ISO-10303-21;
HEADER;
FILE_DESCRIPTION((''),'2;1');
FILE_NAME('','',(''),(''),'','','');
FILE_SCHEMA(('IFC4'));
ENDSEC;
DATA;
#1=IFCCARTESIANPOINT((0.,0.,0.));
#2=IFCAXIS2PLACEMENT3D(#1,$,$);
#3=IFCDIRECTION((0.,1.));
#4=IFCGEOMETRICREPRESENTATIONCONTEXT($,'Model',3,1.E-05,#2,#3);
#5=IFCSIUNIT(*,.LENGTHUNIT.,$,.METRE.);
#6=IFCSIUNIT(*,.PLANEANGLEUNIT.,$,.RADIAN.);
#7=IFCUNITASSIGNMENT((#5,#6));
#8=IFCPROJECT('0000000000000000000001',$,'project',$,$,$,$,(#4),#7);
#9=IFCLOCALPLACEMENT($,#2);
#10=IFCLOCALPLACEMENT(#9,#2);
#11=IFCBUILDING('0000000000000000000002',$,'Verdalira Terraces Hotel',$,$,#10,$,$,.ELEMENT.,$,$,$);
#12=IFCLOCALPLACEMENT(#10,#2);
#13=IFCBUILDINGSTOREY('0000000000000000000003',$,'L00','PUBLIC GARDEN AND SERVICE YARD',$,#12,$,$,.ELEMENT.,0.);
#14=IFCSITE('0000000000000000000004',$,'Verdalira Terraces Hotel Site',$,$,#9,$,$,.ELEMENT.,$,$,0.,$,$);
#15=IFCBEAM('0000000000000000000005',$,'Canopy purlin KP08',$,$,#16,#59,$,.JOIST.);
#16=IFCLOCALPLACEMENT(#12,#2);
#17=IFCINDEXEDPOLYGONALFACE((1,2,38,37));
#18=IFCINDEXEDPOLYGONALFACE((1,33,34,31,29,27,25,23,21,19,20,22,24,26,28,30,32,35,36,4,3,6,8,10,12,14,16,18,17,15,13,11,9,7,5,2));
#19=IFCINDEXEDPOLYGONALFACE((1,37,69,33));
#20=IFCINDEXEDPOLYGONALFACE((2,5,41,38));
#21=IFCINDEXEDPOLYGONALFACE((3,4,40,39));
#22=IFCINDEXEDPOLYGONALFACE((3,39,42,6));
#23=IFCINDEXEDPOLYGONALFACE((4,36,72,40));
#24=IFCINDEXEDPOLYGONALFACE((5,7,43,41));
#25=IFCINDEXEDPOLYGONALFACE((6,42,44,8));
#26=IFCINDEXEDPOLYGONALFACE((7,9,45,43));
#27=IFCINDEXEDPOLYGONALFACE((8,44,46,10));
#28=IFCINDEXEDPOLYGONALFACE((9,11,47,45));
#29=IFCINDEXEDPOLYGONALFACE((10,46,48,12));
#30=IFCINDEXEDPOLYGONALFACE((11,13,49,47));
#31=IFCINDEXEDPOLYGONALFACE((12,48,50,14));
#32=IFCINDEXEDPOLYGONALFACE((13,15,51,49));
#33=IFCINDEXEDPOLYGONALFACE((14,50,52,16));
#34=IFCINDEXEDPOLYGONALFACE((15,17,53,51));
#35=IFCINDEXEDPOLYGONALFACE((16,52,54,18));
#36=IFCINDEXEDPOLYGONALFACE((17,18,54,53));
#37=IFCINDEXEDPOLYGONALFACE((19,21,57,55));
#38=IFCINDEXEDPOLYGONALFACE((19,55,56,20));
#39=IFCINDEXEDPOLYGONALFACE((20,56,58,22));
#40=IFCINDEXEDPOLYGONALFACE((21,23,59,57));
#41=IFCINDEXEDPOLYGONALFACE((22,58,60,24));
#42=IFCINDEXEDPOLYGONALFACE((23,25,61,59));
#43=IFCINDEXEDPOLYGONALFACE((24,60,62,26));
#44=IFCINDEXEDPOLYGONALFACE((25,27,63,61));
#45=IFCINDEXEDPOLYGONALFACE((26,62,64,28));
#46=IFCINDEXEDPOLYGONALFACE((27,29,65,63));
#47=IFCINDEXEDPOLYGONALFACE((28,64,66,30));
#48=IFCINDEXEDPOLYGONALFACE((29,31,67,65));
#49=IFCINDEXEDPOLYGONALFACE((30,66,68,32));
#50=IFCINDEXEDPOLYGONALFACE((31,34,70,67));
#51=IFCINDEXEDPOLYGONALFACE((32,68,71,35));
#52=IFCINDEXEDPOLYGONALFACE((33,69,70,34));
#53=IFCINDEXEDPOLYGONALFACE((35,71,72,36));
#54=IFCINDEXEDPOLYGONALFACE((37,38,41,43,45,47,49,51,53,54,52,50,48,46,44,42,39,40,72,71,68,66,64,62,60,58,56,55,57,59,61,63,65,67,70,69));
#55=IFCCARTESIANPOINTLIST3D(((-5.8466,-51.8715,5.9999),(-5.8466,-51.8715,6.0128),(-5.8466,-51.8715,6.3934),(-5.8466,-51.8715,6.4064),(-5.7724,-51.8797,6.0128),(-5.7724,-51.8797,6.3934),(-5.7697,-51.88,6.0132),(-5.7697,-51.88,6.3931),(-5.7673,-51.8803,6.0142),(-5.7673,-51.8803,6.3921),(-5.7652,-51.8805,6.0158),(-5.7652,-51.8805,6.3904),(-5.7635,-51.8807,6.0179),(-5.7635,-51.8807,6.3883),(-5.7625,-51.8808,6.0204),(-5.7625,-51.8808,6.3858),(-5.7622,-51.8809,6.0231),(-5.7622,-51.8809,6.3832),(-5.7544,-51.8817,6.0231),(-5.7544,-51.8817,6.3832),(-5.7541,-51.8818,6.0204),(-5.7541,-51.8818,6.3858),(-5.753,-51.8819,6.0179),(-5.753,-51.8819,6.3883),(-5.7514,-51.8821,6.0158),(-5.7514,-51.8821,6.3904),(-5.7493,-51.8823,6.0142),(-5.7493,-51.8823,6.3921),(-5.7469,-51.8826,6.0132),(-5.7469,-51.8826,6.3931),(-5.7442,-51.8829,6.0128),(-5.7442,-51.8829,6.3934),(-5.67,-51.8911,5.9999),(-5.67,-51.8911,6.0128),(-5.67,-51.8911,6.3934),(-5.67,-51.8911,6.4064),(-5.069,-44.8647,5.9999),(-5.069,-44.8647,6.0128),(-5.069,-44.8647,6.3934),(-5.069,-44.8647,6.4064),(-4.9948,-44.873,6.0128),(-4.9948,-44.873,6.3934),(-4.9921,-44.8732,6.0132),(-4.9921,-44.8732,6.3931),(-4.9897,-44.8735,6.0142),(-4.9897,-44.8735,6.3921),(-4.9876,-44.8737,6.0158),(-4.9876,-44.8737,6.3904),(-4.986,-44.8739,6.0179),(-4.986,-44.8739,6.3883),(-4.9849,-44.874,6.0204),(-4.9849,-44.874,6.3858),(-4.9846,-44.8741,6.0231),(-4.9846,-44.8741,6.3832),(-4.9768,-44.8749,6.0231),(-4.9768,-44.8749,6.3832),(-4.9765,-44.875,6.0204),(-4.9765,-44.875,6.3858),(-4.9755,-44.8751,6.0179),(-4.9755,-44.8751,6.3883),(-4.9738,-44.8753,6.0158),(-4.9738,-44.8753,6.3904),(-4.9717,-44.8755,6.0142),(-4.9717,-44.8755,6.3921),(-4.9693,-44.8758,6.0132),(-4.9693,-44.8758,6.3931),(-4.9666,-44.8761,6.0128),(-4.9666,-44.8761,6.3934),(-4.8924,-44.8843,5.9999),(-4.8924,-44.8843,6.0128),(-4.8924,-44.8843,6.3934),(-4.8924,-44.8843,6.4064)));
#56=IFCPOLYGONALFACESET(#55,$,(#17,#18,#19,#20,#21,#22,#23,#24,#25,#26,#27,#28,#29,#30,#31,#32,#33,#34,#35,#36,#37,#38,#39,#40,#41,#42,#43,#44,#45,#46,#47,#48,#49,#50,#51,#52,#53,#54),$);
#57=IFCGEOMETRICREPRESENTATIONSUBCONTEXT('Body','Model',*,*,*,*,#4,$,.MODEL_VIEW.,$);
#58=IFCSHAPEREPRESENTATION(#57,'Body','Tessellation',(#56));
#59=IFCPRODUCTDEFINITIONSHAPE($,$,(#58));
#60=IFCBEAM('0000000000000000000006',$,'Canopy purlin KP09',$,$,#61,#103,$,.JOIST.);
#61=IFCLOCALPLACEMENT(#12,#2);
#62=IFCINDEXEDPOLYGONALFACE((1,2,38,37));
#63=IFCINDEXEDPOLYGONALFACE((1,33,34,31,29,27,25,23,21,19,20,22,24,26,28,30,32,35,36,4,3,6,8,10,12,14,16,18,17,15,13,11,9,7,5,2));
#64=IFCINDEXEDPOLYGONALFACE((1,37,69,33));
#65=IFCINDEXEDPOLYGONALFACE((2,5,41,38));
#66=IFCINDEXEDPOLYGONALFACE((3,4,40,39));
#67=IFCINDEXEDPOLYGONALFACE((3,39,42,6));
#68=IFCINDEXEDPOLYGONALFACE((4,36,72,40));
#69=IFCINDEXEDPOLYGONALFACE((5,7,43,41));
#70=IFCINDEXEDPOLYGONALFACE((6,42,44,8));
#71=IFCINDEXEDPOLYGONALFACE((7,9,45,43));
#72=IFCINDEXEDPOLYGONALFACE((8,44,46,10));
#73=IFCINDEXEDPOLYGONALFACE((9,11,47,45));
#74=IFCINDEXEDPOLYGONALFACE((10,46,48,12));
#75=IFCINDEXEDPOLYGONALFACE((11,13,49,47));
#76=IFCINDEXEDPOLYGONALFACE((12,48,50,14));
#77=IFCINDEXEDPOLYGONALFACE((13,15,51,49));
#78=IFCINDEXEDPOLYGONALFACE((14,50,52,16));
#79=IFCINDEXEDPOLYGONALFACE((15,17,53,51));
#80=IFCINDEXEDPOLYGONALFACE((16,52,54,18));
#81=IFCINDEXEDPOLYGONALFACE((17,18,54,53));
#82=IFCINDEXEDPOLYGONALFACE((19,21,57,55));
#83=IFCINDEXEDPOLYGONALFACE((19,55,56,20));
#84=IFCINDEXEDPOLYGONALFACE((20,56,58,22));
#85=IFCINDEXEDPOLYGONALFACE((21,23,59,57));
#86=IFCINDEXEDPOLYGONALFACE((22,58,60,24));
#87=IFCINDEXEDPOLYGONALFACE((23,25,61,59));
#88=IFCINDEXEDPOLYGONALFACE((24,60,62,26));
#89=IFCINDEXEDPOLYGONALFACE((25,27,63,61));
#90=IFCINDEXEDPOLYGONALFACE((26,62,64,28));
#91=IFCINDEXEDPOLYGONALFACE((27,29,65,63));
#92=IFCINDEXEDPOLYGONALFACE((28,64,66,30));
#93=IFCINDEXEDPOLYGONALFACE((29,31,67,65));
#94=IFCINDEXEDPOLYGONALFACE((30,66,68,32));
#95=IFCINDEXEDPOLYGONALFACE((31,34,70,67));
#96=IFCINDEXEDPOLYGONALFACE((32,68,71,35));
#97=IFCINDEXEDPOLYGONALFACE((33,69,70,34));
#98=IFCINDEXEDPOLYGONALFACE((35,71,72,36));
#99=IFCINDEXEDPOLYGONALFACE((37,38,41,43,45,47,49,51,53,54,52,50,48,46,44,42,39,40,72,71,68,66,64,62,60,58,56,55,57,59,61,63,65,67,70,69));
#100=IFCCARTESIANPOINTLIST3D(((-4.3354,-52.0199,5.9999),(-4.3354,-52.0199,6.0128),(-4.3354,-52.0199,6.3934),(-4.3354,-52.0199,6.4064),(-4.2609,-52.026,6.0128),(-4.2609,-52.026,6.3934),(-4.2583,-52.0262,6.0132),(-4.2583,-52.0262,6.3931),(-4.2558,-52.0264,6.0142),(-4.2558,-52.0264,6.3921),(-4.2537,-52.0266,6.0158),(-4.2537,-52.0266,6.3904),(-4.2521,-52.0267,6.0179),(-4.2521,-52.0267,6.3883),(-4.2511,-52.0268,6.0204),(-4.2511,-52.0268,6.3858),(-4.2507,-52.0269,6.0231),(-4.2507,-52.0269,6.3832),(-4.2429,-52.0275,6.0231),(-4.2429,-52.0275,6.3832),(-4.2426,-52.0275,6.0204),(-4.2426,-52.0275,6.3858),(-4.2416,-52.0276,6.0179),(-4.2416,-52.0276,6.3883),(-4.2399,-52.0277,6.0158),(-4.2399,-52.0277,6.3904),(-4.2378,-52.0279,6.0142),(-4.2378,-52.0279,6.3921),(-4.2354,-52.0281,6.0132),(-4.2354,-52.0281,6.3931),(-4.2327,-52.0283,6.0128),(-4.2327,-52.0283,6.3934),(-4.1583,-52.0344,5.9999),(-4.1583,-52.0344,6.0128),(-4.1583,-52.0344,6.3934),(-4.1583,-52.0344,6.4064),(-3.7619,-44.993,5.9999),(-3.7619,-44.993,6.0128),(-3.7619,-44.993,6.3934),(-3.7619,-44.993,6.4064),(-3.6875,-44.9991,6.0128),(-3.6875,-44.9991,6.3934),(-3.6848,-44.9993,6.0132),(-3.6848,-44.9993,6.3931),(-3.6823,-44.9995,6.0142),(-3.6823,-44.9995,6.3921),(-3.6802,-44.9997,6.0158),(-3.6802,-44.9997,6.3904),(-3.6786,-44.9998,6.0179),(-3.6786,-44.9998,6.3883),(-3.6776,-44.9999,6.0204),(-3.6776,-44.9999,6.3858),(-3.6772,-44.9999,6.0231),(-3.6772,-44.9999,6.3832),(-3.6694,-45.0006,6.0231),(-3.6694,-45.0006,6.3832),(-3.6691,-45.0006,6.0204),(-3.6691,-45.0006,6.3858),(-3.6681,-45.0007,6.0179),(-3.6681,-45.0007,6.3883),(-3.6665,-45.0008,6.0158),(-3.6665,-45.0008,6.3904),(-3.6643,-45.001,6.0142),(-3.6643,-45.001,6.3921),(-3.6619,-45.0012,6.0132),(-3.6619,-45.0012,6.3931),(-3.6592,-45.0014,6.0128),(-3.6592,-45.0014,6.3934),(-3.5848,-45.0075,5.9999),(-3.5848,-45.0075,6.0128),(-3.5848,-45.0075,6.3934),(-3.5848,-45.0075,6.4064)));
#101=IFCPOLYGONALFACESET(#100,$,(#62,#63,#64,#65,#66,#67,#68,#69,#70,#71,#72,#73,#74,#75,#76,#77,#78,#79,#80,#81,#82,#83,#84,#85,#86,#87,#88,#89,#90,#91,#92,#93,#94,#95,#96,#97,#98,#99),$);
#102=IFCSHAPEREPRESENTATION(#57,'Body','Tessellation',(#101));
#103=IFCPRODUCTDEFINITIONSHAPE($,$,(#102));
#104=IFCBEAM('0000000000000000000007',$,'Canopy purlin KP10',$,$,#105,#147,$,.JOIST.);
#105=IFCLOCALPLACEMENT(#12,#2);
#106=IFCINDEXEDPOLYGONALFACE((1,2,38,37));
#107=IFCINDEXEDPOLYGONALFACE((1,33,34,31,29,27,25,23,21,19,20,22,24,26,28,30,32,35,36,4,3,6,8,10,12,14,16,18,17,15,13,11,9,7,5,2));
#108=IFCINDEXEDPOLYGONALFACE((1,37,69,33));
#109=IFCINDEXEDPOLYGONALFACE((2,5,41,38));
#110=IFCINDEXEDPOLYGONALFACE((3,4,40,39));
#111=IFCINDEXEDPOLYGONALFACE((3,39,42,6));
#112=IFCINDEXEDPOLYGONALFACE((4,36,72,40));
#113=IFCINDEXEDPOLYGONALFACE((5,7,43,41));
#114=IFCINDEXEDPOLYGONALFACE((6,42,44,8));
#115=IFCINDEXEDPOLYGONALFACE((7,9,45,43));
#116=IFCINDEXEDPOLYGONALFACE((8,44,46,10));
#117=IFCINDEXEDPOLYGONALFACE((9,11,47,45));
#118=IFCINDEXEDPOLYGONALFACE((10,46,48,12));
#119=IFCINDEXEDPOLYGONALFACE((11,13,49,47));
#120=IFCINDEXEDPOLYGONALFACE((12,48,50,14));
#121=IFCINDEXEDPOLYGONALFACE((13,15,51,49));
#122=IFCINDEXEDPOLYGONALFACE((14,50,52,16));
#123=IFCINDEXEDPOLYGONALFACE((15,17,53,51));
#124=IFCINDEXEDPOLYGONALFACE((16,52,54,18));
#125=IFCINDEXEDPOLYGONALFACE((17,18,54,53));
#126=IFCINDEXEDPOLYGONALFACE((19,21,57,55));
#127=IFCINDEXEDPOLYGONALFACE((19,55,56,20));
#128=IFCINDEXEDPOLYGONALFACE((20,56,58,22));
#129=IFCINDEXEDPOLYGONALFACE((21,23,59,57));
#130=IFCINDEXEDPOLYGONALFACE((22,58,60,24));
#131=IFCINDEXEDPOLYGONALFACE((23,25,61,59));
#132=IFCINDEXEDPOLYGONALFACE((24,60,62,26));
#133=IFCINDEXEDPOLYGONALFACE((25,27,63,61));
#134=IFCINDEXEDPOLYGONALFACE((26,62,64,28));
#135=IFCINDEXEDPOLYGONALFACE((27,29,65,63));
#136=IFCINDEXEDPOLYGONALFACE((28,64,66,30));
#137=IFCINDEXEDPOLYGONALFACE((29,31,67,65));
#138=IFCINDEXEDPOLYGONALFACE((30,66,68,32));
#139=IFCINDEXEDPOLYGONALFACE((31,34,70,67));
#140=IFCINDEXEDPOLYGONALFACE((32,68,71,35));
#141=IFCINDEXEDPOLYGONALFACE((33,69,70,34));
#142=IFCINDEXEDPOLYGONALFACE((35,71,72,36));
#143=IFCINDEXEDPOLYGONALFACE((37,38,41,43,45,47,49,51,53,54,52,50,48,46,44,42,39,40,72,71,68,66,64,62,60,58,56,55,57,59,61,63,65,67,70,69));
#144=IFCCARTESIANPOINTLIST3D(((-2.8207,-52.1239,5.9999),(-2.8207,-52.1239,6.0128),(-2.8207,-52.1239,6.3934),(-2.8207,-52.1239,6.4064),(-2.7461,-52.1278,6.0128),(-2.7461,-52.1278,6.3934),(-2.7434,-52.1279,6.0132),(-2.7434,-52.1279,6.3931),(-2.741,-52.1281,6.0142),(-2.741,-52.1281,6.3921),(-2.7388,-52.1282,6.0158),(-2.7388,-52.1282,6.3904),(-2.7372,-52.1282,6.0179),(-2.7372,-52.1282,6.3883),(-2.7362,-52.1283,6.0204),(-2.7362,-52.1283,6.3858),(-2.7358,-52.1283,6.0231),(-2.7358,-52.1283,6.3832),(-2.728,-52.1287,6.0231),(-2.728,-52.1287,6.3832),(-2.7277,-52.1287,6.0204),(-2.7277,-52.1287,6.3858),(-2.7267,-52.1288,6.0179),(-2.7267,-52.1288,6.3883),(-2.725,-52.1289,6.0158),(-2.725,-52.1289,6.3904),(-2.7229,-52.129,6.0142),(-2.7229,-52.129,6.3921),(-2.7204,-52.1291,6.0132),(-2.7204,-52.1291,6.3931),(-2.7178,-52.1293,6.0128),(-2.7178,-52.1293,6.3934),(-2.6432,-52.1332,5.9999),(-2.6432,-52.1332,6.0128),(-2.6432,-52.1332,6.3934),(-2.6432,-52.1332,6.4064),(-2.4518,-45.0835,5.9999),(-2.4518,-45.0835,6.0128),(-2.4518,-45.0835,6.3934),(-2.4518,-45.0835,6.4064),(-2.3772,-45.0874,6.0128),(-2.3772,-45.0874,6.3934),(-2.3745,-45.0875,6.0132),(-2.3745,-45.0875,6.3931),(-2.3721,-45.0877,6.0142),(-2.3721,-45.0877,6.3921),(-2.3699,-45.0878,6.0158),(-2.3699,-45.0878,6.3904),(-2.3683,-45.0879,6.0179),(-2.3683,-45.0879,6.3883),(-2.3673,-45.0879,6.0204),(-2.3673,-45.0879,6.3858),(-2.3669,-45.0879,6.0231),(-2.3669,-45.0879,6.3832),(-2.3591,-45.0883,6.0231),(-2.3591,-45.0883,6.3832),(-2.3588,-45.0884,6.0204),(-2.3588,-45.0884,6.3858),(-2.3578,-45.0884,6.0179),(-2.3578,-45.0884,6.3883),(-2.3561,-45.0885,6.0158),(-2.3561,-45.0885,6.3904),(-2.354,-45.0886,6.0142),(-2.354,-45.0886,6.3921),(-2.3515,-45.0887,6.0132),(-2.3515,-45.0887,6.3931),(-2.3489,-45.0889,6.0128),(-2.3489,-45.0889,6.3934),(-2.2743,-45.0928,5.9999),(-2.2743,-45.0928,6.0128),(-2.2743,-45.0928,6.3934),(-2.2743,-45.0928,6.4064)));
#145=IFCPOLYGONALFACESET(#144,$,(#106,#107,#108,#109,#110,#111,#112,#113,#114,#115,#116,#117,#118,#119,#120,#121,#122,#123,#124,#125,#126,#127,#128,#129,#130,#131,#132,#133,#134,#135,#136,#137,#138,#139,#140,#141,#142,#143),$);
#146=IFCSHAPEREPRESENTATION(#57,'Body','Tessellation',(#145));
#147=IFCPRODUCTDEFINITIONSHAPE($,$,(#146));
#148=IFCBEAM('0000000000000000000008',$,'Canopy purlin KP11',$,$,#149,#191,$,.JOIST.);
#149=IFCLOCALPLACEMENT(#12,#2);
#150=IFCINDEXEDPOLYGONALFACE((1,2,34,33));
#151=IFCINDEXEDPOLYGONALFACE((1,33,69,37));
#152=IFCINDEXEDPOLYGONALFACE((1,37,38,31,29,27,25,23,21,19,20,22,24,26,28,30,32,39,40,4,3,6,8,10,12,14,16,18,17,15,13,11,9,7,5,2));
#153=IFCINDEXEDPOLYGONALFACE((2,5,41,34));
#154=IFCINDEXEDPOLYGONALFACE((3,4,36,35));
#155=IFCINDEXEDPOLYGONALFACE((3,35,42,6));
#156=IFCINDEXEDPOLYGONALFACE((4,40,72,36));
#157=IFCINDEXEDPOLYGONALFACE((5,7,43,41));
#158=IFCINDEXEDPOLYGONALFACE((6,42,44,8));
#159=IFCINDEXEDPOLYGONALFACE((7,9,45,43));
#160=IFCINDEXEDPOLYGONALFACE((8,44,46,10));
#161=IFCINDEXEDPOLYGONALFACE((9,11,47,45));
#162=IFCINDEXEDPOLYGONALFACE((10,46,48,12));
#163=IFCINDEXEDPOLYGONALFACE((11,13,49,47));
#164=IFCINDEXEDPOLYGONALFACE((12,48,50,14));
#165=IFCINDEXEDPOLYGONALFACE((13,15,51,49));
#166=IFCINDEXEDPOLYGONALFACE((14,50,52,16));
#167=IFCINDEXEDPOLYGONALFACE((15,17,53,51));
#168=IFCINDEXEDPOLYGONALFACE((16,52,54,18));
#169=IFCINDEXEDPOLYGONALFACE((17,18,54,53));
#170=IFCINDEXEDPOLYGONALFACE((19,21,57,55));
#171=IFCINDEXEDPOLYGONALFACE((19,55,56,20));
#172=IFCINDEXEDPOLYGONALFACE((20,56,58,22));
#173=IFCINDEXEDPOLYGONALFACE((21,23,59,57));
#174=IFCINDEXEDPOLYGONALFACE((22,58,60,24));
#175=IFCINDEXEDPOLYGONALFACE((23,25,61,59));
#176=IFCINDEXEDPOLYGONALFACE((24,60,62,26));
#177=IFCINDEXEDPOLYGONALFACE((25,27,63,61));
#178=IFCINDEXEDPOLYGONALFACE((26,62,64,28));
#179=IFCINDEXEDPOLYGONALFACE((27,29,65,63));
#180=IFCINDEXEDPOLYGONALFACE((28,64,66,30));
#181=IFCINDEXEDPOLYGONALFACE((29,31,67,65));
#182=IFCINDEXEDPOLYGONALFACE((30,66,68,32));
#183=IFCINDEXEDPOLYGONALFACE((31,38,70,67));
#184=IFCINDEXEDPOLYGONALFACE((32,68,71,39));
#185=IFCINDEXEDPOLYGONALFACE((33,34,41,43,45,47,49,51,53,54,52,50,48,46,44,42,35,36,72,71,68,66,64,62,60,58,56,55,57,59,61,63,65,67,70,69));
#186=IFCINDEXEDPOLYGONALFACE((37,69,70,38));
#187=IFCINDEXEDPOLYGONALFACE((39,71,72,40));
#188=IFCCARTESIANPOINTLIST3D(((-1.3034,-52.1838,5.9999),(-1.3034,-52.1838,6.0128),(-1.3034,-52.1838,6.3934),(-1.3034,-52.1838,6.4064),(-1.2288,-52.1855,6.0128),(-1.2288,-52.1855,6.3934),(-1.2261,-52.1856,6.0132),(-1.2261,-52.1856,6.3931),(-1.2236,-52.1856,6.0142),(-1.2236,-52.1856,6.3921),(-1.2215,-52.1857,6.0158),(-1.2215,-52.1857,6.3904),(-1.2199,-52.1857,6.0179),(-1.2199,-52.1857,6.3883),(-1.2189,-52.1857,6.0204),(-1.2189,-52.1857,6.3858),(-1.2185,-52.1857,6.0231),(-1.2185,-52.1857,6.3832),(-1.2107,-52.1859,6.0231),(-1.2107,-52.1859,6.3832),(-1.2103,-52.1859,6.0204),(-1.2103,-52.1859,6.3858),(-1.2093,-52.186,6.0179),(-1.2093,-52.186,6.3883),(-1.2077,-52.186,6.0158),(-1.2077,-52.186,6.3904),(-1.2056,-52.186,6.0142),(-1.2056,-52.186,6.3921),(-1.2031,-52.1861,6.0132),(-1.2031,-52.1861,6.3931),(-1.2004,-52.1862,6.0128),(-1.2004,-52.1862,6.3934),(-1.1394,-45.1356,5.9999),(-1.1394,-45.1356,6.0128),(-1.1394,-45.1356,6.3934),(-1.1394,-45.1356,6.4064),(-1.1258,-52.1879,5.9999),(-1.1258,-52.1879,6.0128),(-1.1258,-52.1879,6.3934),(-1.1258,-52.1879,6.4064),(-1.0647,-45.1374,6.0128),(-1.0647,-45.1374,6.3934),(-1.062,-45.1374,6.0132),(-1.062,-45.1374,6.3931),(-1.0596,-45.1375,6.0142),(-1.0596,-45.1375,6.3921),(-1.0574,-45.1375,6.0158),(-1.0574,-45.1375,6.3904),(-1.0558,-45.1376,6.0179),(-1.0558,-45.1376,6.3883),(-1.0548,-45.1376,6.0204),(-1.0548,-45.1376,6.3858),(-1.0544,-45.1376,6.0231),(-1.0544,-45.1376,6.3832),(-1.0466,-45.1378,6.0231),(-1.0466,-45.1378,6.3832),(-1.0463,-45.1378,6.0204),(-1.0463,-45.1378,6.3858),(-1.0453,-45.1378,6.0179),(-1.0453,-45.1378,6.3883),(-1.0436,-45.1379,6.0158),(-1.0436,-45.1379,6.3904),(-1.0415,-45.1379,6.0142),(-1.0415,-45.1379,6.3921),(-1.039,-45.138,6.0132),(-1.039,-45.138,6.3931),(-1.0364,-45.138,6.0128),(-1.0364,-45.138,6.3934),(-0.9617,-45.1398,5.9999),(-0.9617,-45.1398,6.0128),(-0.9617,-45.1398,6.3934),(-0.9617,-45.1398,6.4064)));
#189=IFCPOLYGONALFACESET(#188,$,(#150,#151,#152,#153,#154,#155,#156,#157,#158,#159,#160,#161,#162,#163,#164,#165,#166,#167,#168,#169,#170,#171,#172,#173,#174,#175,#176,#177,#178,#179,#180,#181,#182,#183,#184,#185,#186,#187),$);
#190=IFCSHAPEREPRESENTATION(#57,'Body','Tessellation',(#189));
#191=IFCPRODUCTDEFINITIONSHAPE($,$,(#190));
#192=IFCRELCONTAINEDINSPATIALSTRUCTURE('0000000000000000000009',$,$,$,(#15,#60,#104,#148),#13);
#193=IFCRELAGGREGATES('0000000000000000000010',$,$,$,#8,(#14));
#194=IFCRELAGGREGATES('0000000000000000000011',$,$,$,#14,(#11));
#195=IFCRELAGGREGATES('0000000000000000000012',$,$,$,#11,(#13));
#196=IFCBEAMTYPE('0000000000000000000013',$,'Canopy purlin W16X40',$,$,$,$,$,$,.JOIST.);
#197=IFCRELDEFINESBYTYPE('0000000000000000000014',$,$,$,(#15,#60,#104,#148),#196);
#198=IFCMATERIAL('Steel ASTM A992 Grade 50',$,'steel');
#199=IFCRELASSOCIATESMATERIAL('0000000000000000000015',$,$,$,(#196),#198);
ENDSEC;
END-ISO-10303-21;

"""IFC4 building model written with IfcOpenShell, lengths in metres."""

from ifc_helpers import new_model, si_unit, direction, frame, origin, origin_2d, place, context, subcontext, project, spatial, i_section, extrude, material, material_profile, profile_set, type_object, element, save


model = new_model("IFC4")

# Units and contexts
model_context = context("Model", 3, precision=1e-05, world=origin(), true_north=direction((0.0, 1.0)))
body_context = subcontext(model_context, "Body", "Model", "MODEL_VIEW")
ifc_project = project(units=[si_unit("LENGTHUNIT", "METRE"), si_unit("PLANEANGLEUNIT", "RADIAN")], contexts=[model_context])

# Site, building, storey
site_placement = place(None, origin())
site = spatial("IfcSite", under=ifc_project, at=site_placement, Name="Verdalira Terraces Hotel Site", CompositionType="ELEMENT", RefElevation=0.0)
building_placement = place(site_placement, origin())
building = spatial("IfcBuilding", under=site, at=building_placement, Name="Verdalira Terraces Hotel", CompositionType="ELEMENT")
storey_placement = place(building_placement, origin())
storey = spatial("IfcBuildingStorey", under=building, at=storey_placement, Name="L00", Description="PUBLIC GARDEN AND SERVICE YARD", CompositionType="ELEMENT", Elevation=0.0)

# Beams
ifc_material_1 = material(Name="Steel ASTM A992 Grade 50", Category="steel")
ifc_material_profile_1 = material_profile(ifc_material_1, i_section(OverallWidth=0.1777, OverallDepth=0.4065, WebThickness=0.0078, FlangeThickness=0.0129, FilletRadius=0.0103, at=origin_2d()), Name="W16X40")
ifc_profile_set_1 = profile_set([ifc_material_profile_1], Name="Steel ASTM A992 Grade 50")
beam_type_1 = type_object("IfcBeamType", Name="Canopy purlin W16X40", PredefinedType="JOIST", material=ifc_profile_set_1)
for number, where, z_axis, x_axis, name in (
    (1, (-4.9807, -44.8745, 6.2031), (-0.110298, -0.993899, 0.0), (0.993899, -0.110298, 0.0), "Canopy purlin KP08"),
):
    element("IfcBeam", number, at=place(storey_placement, frame(where, z_axis=z_axis, x_axis=x_axis)), inside=storey, type_object=beam_type_1, Name=name, PredefinedType="JOIST", context=body_context, shape_type="SweptSolid", body=[
        extrude(i_section(OverallWidth=0.1777, OverallDepth=0.4065, WebThickness=0.0078, FlangeThickness=0.0129, FilletRadius=0.0103, at=origin_2d()), origin(), (0.0, 0.0, 1.0), 7.0498),
    ])
beam_1_placement = place(storey_placement, frame((-3.6733, -45.0002, 6.2031), z_axis=(-0.081343, -0.996686, 0.0), x_axis=(0.996686, -0.081343, 0.0)))
element("IfcBeam", 2, at=beam_1_placement, inside=storey, type_object=beam_type_1, Name="Canopy purlin KP09", PredefinedType="JOIST", context=body_context, shape_type="SweptSolid", body=[
    extrude(i_section(OverallWidth=0.1777, OverallDepth=0.4065, WebThickness=0.0078, FlangeThickness=0.0129, FilletRadius=0.0103, at=origin_2d()), origin(), (0.0, 0.0, 1.0), 7.0503),
])
for number, where, z_axis, x_axis, name in (
    (3, (-2.363, -45.0881, 6.2031), (-0.052326, -0.99863, 0.0), (0.99863, -0.052326, 0.0), "Canopy purlin KP10"),
    (4, (-1.0505, -45.1377, 6.2031), (-0.023271, -0.999729, 0.0), (0.999729, -0.023271, 0.0), "Canopy purlin KP11"),
):
    element("IfcBeam", number, at=place(storey_placement, frame(where, z_axis=z_axis, x_axis=x_axis)), inside=storey, type_object=beam_type_1, Name=name, PredefinedType="JOIST", context=body_context, shape_type="SweptSolid", body=[
        extrude(i_section(OverallWidth=0.1777, OverallDepth=0.4065, WebThickness=0.0078, FlangeThickness=0.0129, FilletRadius=0.0103, at=origin_2d()), origin(), (0.0, 0.0, 1.0), 7.05),
    ])

save(model, "model.ifc")
